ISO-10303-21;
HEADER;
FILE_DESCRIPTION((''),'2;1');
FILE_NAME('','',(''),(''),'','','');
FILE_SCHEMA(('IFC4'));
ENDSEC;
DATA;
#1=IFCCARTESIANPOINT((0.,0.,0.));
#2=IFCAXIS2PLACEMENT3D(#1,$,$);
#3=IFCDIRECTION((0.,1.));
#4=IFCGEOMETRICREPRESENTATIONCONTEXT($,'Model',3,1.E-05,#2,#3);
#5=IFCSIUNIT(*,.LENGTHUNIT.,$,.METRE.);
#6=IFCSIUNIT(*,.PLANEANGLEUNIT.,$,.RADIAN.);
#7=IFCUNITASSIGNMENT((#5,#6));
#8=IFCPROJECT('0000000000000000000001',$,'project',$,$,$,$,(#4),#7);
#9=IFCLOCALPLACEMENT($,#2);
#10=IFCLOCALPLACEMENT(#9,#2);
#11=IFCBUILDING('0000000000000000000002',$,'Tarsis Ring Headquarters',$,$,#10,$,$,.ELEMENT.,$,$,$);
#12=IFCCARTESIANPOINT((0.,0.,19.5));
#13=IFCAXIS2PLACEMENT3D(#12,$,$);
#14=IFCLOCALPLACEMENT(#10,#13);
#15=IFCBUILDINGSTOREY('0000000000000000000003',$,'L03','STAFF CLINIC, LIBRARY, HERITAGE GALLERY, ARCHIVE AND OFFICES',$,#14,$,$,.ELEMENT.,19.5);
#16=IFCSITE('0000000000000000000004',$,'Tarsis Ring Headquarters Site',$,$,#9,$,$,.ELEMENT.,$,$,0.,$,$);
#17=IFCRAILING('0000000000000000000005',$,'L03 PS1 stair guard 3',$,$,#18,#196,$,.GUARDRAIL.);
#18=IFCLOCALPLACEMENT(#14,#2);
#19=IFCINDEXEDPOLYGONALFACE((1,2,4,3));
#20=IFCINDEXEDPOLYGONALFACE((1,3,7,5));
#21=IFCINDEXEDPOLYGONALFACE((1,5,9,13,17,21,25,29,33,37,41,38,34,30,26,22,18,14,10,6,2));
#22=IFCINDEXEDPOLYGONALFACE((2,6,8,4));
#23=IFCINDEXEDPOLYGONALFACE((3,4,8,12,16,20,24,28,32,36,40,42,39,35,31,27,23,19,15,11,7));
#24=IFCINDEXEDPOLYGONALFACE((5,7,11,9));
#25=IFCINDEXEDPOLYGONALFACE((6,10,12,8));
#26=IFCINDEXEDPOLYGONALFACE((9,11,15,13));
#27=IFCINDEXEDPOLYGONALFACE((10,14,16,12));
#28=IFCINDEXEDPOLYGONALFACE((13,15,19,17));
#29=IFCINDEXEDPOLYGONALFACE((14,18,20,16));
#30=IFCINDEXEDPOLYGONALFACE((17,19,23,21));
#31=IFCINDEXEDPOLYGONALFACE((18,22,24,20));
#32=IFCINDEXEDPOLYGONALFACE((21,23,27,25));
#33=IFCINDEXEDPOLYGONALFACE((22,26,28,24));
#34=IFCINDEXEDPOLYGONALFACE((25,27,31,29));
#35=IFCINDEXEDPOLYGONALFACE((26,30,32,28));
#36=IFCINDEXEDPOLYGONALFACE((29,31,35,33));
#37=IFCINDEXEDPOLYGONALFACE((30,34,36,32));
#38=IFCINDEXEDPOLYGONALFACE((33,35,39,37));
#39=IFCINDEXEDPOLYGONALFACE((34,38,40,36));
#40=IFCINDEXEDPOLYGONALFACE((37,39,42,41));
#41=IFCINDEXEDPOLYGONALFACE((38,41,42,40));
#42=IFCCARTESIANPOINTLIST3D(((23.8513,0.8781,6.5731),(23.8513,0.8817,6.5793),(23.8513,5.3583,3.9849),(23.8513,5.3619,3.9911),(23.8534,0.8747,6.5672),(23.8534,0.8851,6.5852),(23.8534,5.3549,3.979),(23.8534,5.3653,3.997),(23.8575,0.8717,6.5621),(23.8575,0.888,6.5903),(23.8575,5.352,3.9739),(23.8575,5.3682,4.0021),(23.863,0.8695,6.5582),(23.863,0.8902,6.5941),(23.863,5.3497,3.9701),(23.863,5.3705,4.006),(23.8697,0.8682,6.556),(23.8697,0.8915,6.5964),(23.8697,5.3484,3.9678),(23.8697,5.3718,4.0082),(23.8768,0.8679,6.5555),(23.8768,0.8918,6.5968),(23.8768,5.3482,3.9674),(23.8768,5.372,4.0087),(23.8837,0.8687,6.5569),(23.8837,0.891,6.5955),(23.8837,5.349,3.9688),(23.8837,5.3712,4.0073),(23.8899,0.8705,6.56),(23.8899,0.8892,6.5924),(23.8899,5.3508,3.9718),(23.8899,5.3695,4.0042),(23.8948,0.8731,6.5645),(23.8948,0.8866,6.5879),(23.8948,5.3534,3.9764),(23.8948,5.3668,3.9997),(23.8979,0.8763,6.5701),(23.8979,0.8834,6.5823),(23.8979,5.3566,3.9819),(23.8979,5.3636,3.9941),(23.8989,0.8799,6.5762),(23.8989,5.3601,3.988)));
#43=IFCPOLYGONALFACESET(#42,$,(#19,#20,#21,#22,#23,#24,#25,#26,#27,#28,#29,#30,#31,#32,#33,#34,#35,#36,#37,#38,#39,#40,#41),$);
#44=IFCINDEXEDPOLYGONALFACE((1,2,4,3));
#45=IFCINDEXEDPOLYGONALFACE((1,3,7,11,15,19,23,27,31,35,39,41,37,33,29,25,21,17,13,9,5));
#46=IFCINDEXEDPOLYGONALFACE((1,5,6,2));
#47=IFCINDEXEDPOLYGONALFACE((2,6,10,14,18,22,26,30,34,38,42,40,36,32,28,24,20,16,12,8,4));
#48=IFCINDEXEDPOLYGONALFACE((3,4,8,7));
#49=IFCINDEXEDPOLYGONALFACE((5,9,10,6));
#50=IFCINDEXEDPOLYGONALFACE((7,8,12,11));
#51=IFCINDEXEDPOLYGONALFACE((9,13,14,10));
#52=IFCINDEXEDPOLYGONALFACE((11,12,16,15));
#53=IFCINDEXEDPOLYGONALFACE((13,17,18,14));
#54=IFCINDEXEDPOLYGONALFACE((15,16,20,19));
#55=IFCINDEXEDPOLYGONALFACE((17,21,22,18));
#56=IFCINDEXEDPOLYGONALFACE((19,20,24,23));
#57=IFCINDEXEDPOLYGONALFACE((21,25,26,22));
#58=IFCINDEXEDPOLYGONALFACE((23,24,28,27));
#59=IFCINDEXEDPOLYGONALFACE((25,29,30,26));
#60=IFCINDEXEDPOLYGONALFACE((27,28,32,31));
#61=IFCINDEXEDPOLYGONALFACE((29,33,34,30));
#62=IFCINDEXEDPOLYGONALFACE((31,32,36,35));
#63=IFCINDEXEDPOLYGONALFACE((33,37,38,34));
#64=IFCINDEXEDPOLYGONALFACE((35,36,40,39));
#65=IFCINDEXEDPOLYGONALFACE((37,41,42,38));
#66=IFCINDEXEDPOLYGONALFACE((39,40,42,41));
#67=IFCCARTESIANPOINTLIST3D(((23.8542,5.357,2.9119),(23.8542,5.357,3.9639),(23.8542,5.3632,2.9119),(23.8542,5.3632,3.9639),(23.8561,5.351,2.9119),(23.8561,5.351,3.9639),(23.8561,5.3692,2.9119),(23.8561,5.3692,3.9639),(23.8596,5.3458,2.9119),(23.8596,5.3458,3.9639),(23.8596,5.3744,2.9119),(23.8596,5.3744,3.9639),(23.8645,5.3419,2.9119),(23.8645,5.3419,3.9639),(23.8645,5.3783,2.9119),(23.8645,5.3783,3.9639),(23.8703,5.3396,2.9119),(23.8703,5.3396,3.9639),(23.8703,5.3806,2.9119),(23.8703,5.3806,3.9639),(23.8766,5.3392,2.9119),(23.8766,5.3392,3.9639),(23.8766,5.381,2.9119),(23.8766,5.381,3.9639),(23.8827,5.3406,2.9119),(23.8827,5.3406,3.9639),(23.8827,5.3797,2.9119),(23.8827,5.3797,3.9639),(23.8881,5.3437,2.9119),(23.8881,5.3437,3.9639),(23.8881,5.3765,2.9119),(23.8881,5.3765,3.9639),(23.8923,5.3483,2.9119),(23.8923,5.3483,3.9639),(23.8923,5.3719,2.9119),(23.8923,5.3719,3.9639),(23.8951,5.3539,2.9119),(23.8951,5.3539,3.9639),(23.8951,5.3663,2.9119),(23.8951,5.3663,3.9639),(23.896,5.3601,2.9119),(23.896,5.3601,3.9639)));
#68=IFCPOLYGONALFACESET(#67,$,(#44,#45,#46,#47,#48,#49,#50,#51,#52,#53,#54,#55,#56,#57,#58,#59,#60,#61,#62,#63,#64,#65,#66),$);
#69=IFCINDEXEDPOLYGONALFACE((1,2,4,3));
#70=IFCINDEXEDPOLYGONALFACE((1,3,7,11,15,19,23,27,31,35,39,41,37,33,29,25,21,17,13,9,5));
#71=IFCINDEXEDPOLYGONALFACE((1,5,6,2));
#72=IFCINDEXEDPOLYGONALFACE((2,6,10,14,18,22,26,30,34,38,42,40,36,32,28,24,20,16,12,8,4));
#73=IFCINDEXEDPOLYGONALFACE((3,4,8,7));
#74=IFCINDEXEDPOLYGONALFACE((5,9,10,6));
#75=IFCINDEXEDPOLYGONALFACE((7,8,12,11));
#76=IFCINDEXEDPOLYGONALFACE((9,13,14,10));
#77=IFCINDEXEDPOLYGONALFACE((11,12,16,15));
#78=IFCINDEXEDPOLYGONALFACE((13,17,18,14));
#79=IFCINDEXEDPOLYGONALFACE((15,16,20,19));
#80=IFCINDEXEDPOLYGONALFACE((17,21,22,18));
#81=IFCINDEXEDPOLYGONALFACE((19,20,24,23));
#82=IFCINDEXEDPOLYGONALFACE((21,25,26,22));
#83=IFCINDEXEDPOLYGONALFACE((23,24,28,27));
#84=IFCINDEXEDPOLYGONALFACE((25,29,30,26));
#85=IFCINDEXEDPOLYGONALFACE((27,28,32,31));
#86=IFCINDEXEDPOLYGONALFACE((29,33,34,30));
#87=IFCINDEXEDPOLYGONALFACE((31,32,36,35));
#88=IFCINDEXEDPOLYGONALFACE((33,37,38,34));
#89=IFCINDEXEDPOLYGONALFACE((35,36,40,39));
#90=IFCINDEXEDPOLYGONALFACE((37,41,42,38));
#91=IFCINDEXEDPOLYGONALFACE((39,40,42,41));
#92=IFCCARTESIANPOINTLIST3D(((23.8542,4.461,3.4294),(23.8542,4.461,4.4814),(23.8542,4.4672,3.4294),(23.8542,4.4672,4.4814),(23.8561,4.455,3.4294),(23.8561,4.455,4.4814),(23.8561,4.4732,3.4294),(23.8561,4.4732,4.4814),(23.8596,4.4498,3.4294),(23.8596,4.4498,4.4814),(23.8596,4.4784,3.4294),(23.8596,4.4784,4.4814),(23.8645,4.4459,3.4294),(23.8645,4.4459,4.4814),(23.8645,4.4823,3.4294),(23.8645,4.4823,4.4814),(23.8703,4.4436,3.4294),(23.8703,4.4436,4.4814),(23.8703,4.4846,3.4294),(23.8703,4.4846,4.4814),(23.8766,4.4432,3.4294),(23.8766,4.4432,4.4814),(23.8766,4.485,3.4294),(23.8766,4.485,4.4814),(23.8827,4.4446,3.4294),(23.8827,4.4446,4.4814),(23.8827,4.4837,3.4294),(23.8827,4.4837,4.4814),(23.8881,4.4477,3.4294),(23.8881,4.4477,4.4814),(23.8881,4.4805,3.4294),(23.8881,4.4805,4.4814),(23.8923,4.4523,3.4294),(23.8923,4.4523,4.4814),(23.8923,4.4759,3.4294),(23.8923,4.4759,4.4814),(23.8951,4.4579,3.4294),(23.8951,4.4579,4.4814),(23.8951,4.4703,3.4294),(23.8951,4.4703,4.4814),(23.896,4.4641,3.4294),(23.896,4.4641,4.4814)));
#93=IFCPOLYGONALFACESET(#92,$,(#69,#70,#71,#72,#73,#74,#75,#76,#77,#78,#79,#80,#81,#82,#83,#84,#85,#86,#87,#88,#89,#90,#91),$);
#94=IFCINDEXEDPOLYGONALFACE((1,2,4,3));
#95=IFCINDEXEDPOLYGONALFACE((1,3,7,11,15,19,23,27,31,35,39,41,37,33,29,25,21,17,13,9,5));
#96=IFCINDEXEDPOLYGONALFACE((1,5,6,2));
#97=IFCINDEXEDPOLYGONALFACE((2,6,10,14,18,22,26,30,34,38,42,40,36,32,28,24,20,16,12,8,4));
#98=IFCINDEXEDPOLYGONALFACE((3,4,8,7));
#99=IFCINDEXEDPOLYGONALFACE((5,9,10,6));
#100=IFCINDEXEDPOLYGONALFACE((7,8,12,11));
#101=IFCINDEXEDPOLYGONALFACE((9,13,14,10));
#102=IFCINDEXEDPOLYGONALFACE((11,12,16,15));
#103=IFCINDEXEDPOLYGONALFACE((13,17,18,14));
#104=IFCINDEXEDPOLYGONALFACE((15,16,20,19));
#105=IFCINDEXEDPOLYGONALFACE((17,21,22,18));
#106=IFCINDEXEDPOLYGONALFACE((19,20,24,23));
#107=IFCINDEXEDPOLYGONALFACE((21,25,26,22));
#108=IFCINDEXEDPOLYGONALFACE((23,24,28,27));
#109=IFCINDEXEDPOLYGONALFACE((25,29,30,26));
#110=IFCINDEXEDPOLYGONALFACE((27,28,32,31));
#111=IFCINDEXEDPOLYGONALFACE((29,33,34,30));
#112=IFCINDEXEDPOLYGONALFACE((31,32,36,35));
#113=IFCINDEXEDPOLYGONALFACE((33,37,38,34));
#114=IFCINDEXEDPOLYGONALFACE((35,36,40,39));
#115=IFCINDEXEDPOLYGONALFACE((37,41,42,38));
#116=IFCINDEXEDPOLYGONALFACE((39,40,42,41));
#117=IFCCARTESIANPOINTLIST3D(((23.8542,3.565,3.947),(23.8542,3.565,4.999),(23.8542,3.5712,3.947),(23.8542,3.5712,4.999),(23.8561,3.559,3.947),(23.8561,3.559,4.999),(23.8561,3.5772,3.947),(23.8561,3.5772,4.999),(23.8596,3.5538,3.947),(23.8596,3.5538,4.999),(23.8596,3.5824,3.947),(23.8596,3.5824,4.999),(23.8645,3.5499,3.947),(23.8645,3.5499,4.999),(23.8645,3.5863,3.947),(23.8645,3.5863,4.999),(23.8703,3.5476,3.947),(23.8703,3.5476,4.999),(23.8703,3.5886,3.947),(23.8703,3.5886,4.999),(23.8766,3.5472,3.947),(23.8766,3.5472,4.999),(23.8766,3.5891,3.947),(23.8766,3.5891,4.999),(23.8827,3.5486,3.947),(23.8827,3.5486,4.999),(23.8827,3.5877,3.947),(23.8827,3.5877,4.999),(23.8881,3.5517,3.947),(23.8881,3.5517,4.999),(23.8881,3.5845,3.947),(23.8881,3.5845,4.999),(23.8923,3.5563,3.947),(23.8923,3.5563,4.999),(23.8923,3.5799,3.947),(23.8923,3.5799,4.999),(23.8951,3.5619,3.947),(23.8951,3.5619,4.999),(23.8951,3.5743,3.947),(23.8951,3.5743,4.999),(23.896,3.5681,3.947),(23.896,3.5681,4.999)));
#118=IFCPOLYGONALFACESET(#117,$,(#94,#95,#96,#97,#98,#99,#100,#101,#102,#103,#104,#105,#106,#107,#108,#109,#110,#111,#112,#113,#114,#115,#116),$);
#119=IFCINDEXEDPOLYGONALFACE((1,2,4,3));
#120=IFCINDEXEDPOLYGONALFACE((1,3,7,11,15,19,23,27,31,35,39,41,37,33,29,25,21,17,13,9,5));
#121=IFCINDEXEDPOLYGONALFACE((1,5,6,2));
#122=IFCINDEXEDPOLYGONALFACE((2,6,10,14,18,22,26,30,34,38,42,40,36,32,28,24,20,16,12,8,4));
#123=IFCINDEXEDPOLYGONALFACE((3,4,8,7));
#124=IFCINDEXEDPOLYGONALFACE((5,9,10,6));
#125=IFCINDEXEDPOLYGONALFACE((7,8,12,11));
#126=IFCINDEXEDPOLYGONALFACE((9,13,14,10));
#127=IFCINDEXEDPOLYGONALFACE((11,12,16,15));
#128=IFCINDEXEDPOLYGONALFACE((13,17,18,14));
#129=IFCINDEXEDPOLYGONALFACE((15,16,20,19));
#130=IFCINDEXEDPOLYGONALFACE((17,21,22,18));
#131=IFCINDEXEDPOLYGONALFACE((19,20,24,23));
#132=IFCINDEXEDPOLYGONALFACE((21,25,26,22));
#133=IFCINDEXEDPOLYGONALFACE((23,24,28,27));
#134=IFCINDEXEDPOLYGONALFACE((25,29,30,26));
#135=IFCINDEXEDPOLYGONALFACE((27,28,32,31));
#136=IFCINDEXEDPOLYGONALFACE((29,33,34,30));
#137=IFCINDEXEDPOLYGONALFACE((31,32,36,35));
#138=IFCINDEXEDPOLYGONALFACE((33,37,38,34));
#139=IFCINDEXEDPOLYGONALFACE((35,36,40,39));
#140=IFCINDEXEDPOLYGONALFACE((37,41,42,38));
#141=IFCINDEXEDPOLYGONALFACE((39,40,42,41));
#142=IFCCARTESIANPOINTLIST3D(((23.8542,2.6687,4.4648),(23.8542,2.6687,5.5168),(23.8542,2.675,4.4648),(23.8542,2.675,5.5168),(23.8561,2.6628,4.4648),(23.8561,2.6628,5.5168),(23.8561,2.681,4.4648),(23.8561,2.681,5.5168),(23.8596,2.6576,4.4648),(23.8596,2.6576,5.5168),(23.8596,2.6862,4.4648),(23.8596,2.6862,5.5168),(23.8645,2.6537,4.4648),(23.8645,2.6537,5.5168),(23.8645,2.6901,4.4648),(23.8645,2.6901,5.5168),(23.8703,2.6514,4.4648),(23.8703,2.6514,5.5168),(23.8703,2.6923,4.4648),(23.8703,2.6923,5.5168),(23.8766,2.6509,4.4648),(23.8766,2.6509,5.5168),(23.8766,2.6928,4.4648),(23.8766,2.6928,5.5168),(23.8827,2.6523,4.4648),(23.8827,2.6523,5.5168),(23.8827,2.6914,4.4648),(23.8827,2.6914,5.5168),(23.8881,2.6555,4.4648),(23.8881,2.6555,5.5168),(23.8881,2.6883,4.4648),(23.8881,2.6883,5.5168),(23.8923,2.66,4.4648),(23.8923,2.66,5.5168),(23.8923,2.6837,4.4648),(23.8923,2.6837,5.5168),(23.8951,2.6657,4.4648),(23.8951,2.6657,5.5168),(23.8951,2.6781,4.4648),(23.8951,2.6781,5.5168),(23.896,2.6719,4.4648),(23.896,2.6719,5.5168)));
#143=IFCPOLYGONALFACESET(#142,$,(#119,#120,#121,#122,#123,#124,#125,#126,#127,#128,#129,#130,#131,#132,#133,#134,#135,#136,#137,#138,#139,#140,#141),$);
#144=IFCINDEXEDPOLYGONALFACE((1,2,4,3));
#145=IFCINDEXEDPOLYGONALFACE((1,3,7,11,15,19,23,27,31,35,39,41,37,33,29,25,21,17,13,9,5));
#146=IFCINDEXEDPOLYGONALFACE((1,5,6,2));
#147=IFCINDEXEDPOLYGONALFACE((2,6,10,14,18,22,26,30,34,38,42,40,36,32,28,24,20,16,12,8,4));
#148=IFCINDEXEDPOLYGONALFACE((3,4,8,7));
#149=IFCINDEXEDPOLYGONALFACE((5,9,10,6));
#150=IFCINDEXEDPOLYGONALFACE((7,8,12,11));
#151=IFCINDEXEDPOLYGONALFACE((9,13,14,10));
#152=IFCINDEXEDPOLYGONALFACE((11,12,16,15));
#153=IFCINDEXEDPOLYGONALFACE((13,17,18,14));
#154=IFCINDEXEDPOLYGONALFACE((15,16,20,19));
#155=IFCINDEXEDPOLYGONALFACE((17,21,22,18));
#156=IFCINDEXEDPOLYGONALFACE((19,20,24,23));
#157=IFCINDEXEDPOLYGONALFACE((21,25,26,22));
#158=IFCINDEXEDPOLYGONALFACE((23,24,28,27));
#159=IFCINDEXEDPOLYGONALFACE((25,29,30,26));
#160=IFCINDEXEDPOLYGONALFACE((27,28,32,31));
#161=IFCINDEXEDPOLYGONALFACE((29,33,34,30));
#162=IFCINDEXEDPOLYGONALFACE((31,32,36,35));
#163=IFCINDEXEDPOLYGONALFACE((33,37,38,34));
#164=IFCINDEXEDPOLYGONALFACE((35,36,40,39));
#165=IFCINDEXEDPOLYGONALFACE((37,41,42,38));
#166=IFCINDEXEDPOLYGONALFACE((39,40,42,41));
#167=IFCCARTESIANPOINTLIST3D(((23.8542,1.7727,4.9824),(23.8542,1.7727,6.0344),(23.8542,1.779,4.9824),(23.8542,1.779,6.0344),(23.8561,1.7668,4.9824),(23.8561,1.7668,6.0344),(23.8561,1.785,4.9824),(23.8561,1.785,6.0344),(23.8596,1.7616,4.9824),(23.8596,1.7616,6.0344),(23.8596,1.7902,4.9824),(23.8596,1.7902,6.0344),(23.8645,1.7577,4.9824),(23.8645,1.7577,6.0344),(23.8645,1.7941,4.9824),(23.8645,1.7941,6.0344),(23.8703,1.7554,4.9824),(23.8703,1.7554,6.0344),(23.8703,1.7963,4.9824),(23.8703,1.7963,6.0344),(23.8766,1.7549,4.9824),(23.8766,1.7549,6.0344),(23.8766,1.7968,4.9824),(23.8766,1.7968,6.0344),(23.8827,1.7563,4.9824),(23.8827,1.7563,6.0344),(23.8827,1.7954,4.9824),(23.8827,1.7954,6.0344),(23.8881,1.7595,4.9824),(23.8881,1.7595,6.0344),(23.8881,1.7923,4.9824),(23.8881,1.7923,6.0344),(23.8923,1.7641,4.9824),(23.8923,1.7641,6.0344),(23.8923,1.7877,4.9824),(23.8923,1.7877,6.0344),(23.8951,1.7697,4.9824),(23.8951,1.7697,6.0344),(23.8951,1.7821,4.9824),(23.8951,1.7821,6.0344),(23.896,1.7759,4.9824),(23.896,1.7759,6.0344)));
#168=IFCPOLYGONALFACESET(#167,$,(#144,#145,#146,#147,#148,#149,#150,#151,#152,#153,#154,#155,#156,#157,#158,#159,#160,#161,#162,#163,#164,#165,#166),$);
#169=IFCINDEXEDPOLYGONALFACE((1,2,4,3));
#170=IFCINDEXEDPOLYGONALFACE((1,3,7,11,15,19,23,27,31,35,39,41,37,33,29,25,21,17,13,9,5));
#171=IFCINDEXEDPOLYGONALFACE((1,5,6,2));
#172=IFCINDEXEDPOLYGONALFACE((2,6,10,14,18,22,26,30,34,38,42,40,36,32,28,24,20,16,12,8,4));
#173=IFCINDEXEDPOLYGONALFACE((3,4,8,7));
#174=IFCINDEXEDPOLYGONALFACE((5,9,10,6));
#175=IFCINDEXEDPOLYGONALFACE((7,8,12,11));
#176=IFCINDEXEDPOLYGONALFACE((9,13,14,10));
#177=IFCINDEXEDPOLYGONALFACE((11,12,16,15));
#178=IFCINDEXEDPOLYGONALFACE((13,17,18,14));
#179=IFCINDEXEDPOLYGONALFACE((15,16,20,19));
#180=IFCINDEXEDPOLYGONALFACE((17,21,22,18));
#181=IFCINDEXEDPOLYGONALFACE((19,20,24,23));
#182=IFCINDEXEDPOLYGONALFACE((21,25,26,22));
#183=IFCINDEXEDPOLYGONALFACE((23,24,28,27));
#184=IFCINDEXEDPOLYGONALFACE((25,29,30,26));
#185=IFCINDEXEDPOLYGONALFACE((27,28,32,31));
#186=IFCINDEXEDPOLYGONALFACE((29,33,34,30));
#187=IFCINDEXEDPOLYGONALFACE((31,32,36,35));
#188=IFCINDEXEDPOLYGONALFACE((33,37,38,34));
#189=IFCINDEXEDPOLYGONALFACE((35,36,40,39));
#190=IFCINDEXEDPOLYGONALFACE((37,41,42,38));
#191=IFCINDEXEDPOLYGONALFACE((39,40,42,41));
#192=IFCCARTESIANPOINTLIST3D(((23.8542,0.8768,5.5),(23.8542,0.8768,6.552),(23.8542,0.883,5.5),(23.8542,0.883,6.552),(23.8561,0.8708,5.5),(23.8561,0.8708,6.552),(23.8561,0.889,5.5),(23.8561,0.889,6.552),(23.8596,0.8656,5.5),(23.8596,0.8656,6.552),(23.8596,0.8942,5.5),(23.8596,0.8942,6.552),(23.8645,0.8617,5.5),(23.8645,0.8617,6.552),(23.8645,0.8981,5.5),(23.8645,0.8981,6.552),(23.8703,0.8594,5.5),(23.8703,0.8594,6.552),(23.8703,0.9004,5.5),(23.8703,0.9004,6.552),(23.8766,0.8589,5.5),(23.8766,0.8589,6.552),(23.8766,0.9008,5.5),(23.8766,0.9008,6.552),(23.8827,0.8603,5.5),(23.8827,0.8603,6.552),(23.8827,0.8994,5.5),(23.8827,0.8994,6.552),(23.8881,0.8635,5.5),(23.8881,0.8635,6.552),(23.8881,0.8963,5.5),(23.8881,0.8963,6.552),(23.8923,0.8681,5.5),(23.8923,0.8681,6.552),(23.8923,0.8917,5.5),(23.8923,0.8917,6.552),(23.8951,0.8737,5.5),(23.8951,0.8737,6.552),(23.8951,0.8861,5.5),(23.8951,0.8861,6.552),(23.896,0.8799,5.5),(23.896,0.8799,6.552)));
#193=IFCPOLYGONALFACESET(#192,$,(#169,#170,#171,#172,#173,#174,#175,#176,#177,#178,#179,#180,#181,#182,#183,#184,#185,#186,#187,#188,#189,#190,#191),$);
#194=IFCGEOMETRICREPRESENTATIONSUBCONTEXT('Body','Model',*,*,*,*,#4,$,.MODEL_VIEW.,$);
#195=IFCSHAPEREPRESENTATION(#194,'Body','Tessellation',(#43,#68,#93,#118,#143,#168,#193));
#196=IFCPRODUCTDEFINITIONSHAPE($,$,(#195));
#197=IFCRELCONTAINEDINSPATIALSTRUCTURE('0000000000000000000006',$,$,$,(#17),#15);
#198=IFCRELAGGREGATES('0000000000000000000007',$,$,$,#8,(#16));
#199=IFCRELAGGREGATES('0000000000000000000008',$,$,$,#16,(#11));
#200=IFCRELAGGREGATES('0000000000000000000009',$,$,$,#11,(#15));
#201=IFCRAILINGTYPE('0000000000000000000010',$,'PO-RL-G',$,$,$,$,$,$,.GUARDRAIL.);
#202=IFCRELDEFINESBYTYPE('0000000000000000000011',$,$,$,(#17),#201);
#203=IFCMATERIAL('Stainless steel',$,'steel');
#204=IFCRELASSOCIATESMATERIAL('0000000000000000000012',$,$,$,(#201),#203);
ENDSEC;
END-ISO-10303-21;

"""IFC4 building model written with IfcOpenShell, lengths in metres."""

from ifc_helpers import new_model, si_unit, direction, frame, origin, origin_2d, place, context, subcontext, project, spatial, circle, extrude, material, type_object, element, save


model = new_model("IFC4")

# Units and contexts
model_context = context("Model", 3, precision=1e-05, world=origin(), true_north=direction((0.0, 1.0)))
body_context = subcontext(model_context, "Body", "Model", "MODEL_VIEW")
ifc_project = project(units=[si_unit("LENGTHUNIT", "METRE"), si_unit("PLANEANGLEUNIT", "RADIAN")], contexts=[model_context])

# Site, building, storey
site_placement = place(None, origin())
site = spatial("IfcSite", under=ifc_project, at=site_placement, Name="Tarsis Ring Headquarters Site", CompositionType="ELEMENT", RefElevation=0.0)
building_placement = place(site_placement, origin())
building = spatial("IfcBuilding", under=site, at=building_placement, Name="Tarsis Ring Headquarters", CompositionType="ELEMENT")
storey_placement = place(building_placement, frame((0.0, 0.0, 19.5)))
storey = spatial("IfcBuildingStorey", under=building, at=storey_placement, Name="L03", Description="STAFF CLINIC, LIBRARY, HERITAGE GALLERY, ARCHIVE AND OFFICES", CompositionType="ELEMENT", Elevation=19.5)

# Railing
ifc_material_1 = material(Name="Stainless steel", Category="steel")
railing_type_1 = type_object("IfcRailingType", Name="PO-RL-G", PredefinedType="GUARDRAIL", material=ifc_material_1)
railing_1_placement = place(storey_placement, frame((23.875, 5.3601, 2.9119)))
element("IfcRailing", 1, at=railing_1_placement, inside=storey, type_object=railing_type_1, Name="L03 PS1 stair guard 3", PredefinedType="GUARDRAIL", context=body_context, shape_type="SweptSolid", body=[
    extrude(circle(Radius=0.0239, at=origin_2d()), frame((0.0, 0.0, 1.0762), z_axis=(0.0, -0.865902, 0.500214), x_axis=(1.0, 0.0, 0.0)), (0.0, 0.0, 1.0), 5.1741),
    extrude(circle(Radius=0.021, at=origin_2d()), origin(), (0.0, 0.0, 1.0), 1.052),
    extrude(circle(Radius=0.021, at=origin_2d()), frame((0.0, -0.896, 0.5176)), (0.0, 0.0, 1.0), 1.052),
    extrude(circle(Radius=0.021, at=origin_2d()), frame((0.0, -1.792, 1.0352)), (0.0, 0.0, 1.0), 1.052),
    extrude(circle(Radius=0.021, at=origin_2d()), frame((0.0, -2.6882, 1.553)), (0.0, 0.0, 1.0), 1.052),
    extrude(circle(Radius=0.021, at=origin_2d()), frame((0.0, -3.5842, 2.0706)), (0.0, 0.0, 1.0), 1.052),
    extrude(circle(Radius=0.021, at=origin_2d()), frame((0.0, -4.4802, 2.5881)), (0.0, 0.0, 1.0), 1.052),
])

save(model, "model.ifc")
